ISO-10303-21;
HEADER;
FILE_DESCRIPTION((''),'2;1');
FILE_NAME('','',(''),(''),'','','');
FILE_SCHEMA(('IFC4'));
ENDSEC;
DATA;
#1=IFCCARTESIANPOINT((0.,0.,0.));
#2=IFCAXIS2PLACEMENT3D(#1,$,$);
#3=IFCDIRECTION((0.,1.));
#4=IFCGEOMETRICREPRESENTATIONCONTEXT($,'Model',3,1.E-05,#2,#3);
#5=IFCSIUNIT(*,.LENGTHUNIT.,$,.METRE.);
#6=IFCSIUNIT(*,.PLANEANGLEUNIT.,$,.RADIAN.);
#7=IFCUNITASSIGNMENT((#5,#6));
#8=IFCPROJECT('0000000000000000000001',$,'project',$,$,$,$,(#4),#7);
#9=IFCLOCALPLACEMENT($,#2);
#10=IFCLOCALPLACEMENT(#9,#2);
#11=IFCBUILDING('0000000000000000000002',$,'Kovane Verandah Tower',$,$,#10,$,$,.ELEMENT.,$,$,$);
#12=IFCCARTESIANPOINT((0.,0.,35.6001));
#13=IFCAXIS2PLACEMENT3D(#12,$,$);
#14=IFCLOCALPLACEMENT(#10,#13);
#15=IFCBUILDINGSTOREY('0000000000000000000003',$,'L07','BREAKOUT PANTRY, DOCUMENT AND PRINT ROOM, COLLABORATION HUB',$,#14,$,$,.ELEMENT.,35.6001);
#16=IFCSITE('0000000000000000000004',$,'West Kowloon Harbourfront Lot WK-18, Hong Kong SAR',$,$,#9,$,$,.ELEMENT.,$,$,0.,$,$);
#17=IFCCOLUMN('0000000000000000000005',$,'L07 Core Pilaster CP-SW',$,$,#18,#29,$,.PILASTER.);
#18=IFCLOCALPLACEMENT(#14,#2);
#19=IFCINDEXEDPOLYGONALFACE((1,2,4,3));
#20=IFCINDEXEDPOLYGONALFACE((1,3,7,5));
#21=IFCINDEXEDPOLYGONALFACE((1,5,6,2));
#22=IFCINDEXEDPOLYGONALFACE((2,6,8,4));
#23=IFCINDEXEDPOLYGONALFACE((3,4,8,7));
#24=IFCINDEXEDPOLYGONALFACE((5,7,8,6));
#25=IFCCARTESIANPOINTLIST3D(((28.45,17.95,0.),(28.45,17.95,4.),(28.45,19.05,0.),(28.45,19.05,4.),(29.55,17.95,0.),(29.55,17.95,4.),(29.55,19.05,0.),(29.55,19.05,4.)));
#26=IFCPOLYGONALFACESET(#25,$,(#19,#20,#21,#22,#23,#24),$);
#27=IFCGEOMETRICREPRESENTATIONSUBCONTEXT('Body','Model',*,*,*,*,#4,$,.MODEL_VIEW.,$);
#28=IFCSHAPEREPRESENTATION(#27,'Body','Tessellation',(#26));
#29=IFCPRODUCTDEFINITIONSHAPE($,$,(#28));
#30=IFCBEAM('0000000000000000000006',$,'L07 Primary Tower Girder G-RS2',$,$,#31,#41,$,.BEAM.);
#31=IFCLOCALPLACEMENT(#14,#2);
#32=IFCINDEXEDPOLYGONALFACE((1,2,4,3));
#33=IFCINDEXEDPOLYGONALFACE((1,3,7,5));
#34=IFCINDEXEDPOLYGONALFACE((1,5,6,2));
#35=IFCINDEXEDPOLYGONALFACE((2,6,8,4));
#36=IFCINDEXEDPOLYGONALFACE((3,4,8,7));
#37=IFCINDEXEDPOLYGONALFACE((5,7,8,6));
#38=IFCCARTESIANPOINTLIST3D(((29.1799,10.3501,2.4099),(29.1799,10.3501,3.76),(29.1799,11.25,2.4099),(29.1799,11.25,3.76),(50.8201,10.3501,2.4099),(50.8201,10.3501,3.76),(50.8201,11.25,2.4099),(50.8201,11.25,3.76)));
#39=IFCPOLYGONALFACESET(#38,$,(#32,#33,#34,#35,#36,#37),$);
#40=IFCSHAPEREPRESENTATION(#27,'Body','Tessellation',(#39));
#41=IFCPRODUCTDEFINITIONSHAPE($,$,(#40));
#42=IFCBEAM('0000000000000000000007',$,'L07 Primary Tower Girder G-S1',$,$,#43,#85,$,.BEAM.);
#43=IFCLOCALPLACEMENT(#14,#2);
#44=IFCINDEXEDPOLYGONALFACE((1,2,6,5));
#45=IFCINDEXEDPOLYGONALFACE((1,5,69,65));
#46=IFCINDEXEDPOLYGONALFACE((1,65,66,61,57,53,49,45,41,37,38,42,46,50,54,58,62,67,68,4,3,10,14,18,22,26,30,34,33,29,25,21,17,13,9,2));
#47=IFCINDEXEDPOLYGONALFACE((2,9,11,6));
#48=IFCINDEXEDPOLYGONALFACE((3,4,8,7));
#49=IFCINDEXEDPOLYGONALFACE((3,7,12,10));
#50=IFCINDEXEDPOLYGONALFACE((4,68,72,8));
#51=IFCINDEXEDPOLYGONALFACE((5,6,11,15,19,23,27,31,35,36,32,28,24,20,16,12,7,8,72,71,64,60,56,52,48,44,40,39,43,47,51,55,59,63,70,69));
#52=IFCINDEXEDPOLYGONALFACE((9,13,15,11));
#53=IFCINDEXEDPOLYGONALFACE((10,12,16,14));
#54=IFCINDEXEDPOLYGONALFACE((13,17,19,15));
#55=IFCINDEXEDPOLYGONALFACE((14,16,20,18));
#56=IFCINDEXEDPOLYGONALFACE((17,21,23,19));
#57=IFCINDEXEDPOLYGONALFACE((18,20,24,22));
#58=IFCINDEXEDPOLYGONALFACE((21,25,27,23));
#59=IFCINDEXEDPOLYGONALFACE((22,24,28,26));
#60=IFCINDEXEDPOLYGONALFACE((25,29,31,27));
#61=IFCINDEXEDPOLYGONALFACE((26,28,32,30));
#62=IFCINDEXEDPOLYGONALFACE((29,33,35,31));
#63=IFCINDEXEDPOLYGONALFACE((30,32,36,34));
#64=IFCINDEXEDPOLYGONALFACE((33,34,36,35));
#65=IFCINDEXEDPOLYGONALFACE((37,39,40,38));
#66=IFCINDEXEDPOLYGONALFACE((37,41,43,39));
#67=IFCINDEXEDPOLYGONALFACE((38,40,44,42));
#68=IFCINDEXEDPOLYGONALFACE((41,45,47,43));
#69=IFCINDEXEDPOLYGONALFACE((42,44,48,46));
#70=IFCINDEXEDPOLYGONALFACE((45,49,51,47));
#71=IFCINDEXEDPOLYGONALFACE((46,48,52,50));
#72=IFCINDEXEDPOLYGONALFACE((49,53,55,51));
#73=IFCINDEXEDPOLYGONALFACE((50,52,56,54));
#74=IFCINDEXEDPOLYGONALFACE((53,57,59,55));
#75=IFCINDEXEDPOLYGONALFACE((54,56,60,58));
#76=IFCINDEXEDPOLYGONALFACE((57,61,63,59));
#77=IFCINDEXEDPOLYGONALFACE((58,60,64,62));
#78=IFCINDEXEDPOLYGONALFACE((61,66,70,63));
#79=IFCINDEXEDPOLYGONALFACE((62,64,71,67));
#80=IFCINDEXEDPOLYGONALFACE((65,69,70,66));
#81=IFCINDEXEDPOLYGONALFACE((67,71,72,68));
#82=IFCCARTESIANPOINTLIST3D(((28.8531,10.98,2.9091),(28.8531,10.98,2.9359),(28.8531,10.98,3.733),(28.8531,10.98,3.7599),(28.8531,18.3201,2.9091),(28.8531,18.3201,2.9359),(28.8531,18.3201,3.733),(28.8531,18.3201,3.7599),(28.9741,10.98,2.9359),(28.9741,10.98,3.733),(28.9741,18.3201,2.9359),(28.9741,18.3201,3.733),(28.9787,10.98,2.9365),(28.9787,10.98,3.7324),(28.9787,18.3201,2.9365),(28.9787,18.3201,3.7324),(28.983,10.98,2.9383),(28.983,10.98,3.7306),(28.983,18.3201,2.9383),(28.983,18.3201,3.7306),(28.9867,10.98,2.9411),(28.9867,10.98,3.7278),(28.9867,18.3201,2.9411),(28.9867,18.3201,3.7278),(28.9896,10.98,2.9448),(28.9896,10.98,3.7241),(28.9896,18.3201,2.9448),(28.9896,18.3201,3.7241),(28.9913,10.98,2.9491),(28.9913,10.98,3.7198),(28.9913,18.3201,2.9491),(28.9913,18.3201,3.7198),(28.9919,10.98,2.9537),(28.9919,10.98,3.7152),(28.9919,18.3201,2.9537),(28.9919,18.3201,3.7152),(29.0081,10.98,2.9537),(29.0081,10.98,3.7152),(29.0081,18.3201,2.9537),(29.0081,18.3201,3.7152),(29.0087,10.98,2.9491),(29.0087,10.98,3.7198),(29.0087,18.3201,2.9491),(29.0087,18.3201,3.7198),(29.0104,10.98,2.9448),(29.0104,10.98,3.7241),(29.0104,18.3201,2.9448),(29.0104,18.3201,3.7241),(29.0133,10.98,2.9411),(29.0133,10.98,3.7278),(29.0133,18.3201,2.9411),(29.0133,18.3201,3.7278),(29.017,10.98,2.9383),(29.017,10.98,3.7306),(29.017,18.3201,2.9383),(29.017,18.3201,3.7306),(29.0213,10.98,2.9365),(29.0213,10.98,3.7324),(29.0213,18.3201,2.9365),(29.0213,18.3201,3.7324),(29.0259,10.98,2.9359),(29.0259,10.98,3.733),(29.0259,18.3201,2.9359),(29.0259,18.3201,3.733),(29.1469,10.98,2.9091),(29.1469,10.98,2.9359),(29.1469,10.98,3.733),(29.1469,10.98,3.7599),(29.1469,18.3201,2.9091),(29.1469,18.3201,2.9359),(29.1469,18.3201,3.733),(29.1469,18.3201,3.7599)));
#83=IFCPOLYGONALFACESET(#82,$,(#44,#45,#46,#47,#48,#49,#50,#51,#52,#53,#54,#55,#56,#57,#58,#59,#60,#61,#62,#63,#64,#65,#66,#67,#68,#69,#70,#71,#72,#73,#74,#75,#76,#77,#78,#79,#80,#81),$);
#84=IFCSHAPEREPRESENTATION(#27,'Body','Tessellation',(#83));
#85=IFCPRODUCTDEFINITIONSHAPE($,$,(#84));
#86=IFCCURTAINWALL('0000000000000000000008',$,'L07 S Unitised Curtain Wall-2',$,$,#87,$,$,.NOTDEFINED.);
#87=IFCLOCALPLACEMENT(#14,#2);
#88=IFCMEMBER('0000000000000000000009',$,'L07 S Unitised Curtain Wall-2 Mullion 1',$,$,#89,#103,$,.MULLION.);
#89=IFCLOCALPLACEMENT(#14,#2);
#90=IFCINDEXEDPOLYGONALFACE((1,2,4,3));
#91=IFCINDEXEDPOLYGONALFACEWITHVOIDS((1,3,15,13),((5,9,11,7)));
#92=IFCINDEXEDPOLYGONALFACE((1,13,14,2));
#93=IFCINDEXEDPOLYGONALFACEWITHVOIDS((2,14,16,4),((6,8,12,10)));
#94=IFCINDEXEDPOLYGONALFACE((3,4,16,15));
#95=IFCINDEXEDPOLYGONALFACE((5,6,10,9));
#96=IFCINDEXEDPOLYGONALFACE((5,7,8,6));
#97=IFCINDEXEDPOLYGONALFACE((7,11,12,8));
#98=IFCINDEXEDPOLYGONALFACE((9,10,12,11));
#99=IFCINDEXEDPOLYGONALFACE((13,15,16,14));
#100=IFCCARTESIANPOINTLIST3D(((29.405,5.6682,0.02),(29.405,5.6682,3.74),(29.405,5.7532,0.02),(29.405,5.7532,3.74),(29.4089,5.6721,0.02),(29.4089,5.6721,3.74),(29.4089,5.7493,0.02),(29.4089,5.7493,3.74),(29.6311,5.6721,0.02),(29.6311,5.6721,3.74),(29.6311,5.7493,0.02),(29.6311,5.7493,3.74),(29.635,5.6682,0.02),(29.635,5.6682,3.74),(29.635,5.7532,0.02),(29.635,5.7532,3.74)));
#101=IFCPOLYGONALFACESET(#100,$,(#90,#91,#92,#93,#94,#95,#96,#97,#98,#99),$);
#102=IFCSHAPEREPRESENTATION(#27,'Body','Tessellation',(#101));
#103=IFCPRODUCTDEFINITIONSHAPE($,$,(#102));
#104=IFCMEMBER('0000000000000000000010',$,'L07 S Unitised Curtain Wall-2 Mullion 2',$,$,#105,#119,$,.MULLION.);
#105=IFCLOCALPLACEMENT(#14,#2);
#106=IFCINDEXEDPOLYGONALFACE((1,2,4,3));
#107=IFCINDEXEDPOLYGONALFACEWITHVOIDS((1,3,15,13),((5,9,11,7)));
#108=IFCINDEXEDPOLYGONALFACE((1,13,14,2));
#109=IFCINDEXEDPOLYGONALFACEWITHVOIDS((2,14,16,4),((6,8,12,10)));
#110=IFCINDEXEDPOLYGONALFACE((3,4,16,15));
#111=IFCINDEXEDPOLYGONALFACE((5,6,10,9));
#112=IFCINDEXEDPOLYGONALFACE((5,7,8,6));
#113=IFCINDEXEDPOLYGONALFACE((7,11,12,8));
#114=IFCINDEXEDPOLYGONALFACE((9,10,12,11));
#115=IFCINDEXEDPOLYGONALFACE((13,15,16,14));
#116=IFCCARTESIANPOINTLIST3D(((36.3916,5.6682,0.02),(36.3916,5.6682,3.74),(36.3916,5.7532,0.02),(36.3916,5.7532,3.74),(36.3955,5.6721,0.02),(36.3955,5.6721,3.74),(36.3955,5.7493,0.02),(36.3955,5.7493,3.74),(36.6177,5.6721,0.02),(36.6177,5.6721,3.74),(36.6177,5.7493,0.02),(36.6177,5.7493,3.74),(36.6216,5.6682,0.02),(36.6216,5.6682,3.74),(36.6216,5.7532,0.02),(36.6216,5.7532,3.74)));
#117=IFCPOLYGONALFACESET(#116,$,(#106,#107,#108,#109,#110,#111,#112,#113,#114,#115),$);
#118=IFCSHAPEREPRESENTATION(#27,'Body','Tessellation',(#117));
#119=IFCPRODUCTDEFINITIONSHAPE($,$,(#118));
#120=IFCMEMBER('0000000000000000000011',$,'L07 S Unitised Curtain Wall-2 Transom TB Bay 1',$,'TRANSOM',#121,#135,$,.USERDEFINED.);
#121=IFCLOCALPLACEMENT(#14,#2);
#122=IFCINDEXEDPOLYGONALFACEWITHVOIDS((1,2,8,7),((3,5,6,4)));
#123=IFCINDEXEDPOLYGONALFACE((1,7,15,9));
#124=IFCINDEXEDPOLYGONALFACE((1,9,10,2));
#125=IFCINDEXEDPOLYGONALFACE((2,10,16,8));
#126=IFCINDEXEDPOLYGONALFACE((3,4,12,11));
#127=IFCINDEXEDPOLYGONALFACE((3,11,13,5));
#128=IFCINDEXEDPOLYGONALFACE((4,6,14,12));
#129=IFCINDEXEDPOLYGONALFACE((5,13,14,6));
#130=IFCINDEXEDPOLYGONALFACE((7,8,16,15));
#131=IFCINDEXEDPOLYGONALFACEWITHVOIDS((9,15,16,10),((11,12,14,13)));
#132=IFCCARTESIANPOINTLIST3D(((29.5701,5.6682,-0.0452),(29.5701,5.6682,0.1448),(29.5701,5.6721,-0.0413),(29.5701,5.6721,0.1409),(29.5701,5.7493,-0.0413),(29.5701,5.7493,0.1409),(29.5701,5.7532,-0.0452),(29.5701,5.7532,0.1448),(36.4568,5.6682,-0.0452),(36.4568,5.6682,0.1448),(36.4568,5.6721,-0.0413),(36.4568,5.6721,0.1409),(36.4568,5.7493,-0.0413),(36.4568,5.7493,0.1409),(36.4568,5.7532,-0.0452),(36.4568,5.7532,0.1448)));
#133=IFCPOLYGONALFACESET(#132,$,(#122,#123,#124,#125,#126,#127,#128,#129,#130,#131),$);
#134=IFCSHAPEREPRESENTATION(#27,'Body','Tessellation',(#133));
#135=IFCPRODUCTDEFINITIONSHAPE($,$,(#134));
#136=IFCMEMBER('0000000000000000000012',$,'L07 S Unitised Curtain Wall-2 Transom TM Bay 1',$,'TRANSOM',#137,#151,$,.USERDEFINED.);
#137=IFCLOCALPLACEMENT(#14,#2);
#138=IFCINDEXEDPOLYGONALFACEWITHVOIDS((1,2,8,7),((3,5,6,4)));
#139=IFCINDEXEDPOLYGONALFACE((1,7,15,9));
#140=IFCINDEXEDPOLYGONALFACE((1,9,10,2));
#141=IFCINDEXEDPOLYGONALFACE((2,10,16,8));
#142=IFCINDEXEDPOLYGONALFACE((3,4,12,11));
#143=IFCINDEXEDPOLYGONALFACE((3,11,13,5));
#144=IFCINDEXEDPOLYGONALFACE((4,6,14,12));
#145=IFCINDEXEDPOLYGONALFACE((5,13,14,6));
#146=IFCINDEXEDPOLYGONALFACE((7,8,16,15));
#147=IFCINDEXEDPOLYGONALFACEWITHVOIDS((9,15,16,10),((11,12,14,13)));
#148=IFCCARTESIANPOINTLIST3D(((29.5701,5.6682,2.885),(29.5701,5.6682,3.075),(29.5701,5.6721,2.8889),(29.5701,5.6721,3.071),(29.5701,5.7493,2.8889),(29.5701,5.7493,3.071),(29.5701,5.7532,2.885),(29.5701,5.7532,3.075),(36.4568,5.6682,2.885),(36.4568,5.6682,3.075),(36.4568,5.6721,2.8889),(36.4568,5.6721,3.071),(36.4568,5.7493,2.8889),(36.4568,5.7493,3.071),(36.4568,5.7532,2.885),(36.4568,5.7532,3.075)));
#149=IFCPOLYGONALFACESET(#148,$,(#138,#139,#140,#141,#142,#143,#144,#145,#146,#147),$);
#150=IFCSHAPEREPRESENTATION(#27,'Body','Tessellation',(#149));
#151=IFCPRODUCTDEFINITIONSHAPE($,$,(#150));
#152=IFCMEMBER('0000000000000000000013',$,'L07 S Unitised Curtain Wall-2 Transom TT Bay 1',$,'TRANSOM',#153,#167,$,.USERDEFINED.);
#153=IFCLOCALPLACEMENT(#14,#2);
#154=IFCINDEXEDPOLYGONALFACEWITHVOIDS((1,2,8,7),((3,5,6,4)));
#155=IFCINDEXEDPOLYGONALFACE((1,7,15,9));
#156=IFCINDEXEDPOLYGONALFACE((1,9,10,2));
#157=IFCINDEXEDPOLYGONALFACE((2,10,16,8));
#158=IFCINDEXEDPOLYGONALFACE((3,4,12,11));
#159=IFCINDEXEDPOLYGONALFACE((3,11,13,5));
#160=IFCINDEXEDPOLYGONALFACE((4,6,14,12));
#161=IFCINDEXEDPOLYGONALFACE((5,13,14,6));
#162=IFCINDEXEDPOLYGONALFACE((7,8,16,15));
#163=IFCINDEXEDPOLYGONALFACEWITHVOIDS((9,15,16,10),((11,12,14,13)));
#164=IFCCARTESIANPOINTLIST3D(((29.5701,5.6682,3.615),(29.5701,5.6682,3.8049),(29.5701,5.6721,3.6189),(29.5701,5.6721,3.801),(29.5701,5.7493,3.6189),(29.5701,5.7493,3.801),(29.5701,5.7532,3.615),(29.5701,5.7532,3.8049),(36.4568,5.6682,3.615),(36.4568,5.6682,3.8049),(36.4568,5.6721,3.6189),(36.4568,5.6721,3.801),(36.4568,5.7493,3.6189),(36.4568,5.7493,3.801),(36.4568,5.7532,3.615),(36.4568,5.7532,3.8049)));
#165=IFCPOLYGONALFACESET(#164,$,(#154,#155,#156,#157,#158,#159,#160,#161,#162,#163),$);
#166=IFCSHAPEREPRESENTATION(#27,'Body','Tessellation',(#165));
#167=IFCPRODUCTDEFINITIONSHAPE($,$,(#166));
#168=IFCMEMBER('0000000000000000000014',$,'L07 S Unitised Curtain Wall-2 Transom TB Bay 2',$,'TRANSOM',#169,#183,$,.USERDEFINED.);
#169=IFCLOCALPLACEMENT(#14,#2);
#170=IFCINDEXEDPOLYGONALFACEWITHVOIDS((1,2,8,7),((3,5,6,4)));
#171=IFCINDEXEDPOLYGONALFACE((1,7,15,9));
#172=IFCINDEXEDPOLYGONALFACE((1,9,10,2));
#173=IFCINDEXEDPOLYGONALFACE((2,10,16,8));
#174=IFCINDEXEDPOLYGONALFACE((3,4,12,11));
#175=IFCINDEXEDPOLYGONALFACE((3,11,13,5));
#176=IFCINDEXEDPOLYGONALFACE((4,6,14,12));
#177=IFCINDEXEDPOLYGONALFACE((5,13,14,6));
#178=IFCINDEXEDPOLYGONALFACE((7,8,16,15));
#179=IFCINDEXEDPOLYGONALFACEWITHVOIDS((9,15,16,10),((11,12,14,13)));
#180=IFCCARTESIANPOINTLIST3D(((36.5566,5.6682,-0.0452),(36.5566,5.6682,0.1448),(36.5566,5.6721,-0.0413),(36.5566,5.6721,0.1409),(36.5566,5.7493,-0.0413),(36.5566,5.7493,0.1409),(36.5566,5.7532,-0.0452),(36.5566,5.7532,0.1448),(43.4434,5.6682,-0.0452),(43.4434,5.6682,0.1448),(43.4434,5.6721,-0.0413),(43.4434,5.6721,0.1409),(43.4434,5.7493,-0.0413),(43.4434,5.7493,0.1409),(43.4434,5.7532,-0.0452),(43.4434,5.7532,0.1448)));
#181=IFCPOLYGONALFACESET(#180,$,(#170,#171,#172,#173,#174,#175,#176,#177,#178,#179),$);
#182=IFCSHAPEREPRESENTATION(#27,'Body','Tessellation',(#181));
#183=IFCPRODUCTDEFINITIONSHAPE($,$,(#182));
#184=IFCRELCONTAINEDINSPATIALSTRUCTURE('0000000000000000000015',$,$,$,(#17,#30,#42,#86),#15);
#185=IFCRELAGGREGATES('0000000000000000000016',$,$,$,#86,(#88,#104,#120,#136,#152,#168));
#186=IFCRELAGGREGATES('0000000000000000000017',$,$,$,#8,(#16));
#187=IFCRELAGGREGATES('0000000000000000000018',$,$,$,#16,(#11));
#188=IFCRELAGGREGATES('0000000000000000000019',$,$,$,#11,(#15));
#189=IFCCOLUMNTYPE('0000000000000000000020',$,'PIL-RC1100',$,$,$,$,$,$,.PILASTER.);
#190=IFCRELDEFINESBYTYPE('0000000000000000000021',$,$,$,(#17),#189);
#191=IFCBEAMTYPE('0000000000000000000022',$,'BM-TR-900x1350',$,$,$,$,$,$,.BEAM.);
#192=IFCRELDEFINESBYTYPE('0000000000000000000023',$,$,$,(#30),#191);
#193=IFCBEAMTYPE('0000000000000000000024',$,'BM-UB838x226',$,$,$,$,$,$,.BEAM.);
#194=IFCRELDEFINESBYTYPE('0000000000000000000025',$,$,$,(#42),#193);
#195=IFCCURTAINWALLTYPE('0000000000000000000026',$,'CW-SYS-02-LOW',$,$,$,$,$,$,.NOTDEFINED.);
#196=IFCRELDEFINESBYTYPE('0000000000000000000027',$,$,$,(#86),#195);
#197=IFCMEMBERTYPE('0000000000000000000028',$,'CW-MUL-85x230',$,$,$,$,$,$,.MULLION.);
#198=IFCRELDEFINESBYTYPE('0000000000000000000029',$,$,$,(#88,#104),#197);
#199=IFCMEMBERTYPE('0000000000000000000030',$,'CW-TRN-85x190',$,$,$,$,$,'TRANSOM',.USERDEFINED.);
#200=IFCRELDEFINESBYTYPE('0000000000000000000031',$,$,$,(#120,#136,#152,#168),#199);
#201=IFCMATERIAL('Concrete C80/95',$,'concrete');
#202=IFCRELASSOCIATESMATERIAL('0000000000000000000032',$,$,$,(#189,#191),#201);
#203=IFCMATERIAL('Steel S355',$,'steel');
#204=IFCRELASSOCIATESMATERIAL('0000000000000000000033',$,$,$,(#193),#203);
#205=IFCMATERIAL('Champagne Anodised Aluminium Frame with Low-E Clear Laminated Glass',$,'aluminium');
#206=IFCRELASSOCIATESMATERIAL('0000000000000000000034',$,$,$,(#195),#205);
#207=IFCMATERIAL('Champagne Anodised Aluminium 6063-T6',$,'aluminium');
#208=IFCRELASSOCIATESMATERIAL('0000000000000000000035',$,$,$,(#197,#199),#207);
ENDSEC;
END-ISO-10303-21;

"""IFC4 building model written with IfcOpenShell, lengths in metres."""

from ifc_helpers import new_model, si_unit, direction, frame, origin, origin_2d, place, context, subcontext, project, spatial, rectangle, hollow_rectangle, i_section, extrude, material, material_profile, profile_set, type_object, element, aggregate, save


model = new_model("IFC4")

# Units and contexts
model_context = context("Model", 3, precision=1e-05, world=origin(), true_north=direction((0.0, 1.0)))
body_context = subcontext(model_context, "Body", "Model", "MODEL_VIEW")
ifc_project = project(units=[si_unit("LENGTHUNIT", "METRE"), si_unit("PLANEANGLEUNIT", "RADIAN")], contexts=[model_context])

# Site, building, storey
site_placement = place(None, origin())
site = spatial("IfcSite", under=ifc_project, at=site_placement, Name="West Kowloon Harbourfront Lot WK-18, Hong Kong SAR", CompositionType="ELEMENT", RefElevation=0.0)
building_placement = place(site_placement, origin())
building = spatial("IfcBuilding", under=site, at=building_placement, Name="Kovane Verandah Tower", CompositionType="ELEMENT")
storey_placement = place(building_placement, frame((0.0, 0.0, 35.6001)))
storey = spatial("IfcBuildingStorey", under=building, at=storey_placement, Name="L07", Description="BREAKOUT PANTRY, DOCUMENT AND PRINT ROOM, COLLABORATION HUB", CompositionType="ELEMENT", Elevation=35.6001)

# Column
ifc_material_1 = material(Name="Concrete C80/95", Category="concrete")
ifc_material_profile_1 = material_profile(ifc_material_1, rectangle(XDim=1.1001, YDim=1.1001, at=origin_2d()), Name="RC1100x1100")
ifc_profile_set_1 = profile_set([ifc_material_profile_1], Name="Concrete C80/95")
column_type = type_object("IfcColumnType", Name="PIL-RC1100", PredefinedType="PILASTER", material=ifc_profile_set_1)
column_placement = place(storey_placement, frame((29.0, 18.5, 0.0), z_axis=(0.0, 0.0, 1.0), x_axis=(1.0, 0.0, 0.0)))
element("IfcColumn", 1, at=column_placement, inside=storey, type_object=column_type, Name="L07 Core Pilaster CP-SW", PredefinedType="PILASTER", context=body_context, shape_type="SweptSolid", body=[
    extrude(rectangle(XDim=1.1001, YDim=1.1001, at=origin_2d()), origin(), (0.0, 0.0, 1.0), 4.0),
])

# Beams
ifc_material_profile_2 = material_profile(ifc_material_1, rectangle(XDim=0.8999, YDim=1.3501, at=origin_2d()), Name="RCB900x1350")
ifc_profile_set_2 = profile_set([ifc_material_profile_2], Name="Concrete C80/95")
beam_type_1 = type_object("IfcBeamType", Name="BM-TR-900x1350", PredefinedType="BEAM", material=ifc_profile_set_2)
beam_1_placement = place(storey_placement, frame((29.1799, 10.8, 3.085), z_axis=(1.0, 0.0, 0.0), x_axis=(0.0, 1.0, 0.0)))
element("IfcBeam", 2, at=beam_1_placement, inside=storey, type_object=beam_type_1, Name="L07 Primary Tower Girder G-RS2", PredefinedType="BEAM", context=body_context, shape_type="SweptSolid", body=[
    extrude(rectangle(XDim=0.8999, YDim=1.3501, at=origin_2d()), origin(), (0.0, 0.0, 1.0), 21.6401),
])
ifc_material_2 = material(Name="Steel S355", Category="steel")
ifc_material_profile_3 = material_profile(ifc_material_2, i_section(OverallWidth=0.2937, OverallDepth=0.8508, WebThickness=0.0161, FlangeThickness=0.0269, FilletRadius=0.0178, at=origin_2d()), Name="UB838x292x226")
ifc_profile_set_3 = profile_set([ifc_material_profile_3], Name="Steel S355")
beam_type_2 = type_object("IfcBeamType", Name="BM-UB838x226", PredefinedType="BEAM", material=ifc_profile_set_3)
beam_2_placement = place(storey_placement, frame((29.0, 18.3201, 3.3345), z_axis=(0.0, -1.0, 0.0), x_axis=(1.0, 0.0, 0.0)))
element("IfcBeam", 3, at=beam_2_placement, inside=storey, type_object=beam_type_2, Name="L07 Primary Tower Girder G-S1", PredefinedType="BEAM", context=body_context, shape_type="SweptSolid", body=[
    extrude(i_section(OverallWidth=0.2937, OverallDepth=0.8508, WebThickness=0.0161, FlangeThickness=0.0269, FilletRadius=0.0178, at=origin_2d()), origin(), (0.0, 0.0, 1.0), 7.3401),
])

# Curtain wall, members
ifc_material_3 = material(Name="Champagne Anodised Aluminium Frame with Low-E Clear Laminated Glass", Category="aluminium")
curtain_wall_type = type_object("IfcCurtainWallType", Name="CW-SYS-02-LOW", PredefinedType="NOTDEFINED", material=ifc_material_3)
curtain_wall_placement = place(storey_placement, origin())
curtain_wall = element("IfcCurtainWall", 4, at=curtain_wall_placement, inside=storey, type_object=curtain_wall_type, Name="L07 S Unitised Curtain Wall-2", PredefinedType="NOTDEFINED")
ifc_material_4 = material(Name="Champagne Anodised Aluminium 6063-T6", Category="aluminium")
ifc_material_profile_4 = material_profile(ifc_material_4, hollow_rectangle(XDim=0.085, YDim=0.23, WallThickness=0.0039, at=origin_2d()), Name="AL85x230x4")
ifc_profile_set_4 = profile_set([ifc_material_profile_4], Name="Champagne Anodised Aluminium 6063-T6")
member_type_1 = type_object("IfcMemberType", Name="CW-MUL-85x230", PredefinedType="MULLION", material=ifc_profile_set_4)
member_1_placement = place(storey_placement, frame((29.52, 5.7107, 0.02), z_axis=(0.0, 0.0, 1.0), x_axis=(0.0, -1.0, 0.0)))
member_1 = element("IfcMember", 5, at=member_1_placement, type_object=member_type_1, Name="L07 S Unitised Curtain Wall-2 Mullion 1", PredefinedType="MULLION", context=body_context, shape_type="SweptSolid", body=[
    extrude(hollow_rectangle(XDim=0.085, YDim=0.23, WallThickness=0.0039, at=origin_2d()), origin(), (0.0, 0.0, 1.0), 3.72),
])
member_2_placement = place(storey_placement, frame((36.5066, 5.7107, 0.02), z_axis=(0.0, 0.0, 1.0), x_axis=(0.0, -1.0, 0.0)))
member_2 = element("IfcMember", 6, at=member_2_placement, type_object=member_type_1, Name="L07 S Unitised Curtain Wall-2 Mullion 2", PredefinedType="MULLION", context=body_context, shape_type="SweptSolid", body=[
    extrude(hollow_rectangle(XDim=0.085, YDim=0.23, WallThickness=0.0039, at=origin_2d()), origin(), (0.0, 0.0, 1.0), 3.72),
])
ifc_material_profile_5 = material_profile(ifc_material_4, hollow_rectangle(XDim=0.085, YDim=0.1899, WallThickness=0.0039, at=origin_2d()), Name="AL85x190x4")
ifc_profile_set_5 = profile_set([ifc_material_profile_5], Name="Champagne Anodised Aluminium 6063-T6")
member_type_2 = type_object("IfcMemberType", Name="CW-TRN-85x190", ElementType="TRANSOM", PredefinedType="USERDEFINED", material=ifc_profile_set_5)
member_3_placement = place(storey_placement, frame((29.5701, 5.7107, 0.0498), z_axis=(1.0, 0.0, 0.0), x_axis=(0.0, 1.0, 0.0)))
member_3 = element("IfcMember", 7, at=member_3_placement, type_object=member_type_2, Name="L07 S Unitised Curtain Wall-2 Transom TB Bay 1", ObjectType="TRANSOM", PredefinedType="USERDEFINED", context=body_context, shape_type="SweptSolid", body=[
    extrude(hollow_rectangle(XDim=0.085, YDim=0.1899, WallThickness=0.0039, at=origin_2d()), origin(), (0.0, 0.0, 1.0), 6.8867),
])
member_4_placement = place(storey_placement, frame((29.5701, 5.7107, 2.98), z_axis=(1.0, 0.0, 0.0), x_axis=(0.0, 1.0, 0.0)))
member_4 = element("IfcMember", 8, at=member_4_placement, type_object=member_type_2, Name="L07 S Unitised Curtain Wall-2 Transom TM Bay 1", ObjectType="TRANSOM", PredefinedType="USERDEFINED", context=body_context, shape_type="SweptSolid", body=[
    extrude(hollow_rectangle(XDim=0.085, YDim=0.1899, WallThickness=0.0039, at=origin_2d()), origin(), (0.0, 0.0, 1.0), 6.8867),
])
member_5_placement = place(storey_placement, frame((29.5701, 5.7107, 3.71), z_axis=(1.0, 0.0, 0.0), x_axis=(0.0, 1.0, 0.0)))
member_5 = element("IfcMember", 9, at=member_5_placement, type_object=member_type_2, Name="L07 S Unitised Curtain Wall-2 Transom TT Bay 1", ObjectType="TRANSOM", PredefinedType="USERDEFINED", context=body_context, shape_type="SweptSolid", body=[
    extrude(hollow_rectangle(XDim=0.085, YDim=0.1899, WallThickness=0.0039, at=origin_2d()), origin(), (0.0, 0.0, 1.0), 6.8867),
])
member_6_placement = place(storey_placement, frame((36.5566, 5.7107, 0.0498), z_axis=(1.0, 0.0, 0.0), x_axis=(0.0, 1.0, 0.0)))
member_6 = element("IfcMember", 10, at=member_6_placement, type_object=member_type_2, Name="L07 S Unitised Curtain Wall-2 Transom TB Bay 2", ObjectType="TRANSOM", PredefinedType="USERDEFINED", context=body_context, shape_type="SweptSolid", body=[
    extrude(hollow_rectangle(XDim=0.085, YDim=0.1899, WallThickness=0.0039, at=origin_2d()), origin(), (0.0, 0.0, 1.0), 6.8867),
])

aggregate(curtain_wall, [member_1, member_2, member_3, member_4, member_5, member_6])

save(model, "model.ifc")
